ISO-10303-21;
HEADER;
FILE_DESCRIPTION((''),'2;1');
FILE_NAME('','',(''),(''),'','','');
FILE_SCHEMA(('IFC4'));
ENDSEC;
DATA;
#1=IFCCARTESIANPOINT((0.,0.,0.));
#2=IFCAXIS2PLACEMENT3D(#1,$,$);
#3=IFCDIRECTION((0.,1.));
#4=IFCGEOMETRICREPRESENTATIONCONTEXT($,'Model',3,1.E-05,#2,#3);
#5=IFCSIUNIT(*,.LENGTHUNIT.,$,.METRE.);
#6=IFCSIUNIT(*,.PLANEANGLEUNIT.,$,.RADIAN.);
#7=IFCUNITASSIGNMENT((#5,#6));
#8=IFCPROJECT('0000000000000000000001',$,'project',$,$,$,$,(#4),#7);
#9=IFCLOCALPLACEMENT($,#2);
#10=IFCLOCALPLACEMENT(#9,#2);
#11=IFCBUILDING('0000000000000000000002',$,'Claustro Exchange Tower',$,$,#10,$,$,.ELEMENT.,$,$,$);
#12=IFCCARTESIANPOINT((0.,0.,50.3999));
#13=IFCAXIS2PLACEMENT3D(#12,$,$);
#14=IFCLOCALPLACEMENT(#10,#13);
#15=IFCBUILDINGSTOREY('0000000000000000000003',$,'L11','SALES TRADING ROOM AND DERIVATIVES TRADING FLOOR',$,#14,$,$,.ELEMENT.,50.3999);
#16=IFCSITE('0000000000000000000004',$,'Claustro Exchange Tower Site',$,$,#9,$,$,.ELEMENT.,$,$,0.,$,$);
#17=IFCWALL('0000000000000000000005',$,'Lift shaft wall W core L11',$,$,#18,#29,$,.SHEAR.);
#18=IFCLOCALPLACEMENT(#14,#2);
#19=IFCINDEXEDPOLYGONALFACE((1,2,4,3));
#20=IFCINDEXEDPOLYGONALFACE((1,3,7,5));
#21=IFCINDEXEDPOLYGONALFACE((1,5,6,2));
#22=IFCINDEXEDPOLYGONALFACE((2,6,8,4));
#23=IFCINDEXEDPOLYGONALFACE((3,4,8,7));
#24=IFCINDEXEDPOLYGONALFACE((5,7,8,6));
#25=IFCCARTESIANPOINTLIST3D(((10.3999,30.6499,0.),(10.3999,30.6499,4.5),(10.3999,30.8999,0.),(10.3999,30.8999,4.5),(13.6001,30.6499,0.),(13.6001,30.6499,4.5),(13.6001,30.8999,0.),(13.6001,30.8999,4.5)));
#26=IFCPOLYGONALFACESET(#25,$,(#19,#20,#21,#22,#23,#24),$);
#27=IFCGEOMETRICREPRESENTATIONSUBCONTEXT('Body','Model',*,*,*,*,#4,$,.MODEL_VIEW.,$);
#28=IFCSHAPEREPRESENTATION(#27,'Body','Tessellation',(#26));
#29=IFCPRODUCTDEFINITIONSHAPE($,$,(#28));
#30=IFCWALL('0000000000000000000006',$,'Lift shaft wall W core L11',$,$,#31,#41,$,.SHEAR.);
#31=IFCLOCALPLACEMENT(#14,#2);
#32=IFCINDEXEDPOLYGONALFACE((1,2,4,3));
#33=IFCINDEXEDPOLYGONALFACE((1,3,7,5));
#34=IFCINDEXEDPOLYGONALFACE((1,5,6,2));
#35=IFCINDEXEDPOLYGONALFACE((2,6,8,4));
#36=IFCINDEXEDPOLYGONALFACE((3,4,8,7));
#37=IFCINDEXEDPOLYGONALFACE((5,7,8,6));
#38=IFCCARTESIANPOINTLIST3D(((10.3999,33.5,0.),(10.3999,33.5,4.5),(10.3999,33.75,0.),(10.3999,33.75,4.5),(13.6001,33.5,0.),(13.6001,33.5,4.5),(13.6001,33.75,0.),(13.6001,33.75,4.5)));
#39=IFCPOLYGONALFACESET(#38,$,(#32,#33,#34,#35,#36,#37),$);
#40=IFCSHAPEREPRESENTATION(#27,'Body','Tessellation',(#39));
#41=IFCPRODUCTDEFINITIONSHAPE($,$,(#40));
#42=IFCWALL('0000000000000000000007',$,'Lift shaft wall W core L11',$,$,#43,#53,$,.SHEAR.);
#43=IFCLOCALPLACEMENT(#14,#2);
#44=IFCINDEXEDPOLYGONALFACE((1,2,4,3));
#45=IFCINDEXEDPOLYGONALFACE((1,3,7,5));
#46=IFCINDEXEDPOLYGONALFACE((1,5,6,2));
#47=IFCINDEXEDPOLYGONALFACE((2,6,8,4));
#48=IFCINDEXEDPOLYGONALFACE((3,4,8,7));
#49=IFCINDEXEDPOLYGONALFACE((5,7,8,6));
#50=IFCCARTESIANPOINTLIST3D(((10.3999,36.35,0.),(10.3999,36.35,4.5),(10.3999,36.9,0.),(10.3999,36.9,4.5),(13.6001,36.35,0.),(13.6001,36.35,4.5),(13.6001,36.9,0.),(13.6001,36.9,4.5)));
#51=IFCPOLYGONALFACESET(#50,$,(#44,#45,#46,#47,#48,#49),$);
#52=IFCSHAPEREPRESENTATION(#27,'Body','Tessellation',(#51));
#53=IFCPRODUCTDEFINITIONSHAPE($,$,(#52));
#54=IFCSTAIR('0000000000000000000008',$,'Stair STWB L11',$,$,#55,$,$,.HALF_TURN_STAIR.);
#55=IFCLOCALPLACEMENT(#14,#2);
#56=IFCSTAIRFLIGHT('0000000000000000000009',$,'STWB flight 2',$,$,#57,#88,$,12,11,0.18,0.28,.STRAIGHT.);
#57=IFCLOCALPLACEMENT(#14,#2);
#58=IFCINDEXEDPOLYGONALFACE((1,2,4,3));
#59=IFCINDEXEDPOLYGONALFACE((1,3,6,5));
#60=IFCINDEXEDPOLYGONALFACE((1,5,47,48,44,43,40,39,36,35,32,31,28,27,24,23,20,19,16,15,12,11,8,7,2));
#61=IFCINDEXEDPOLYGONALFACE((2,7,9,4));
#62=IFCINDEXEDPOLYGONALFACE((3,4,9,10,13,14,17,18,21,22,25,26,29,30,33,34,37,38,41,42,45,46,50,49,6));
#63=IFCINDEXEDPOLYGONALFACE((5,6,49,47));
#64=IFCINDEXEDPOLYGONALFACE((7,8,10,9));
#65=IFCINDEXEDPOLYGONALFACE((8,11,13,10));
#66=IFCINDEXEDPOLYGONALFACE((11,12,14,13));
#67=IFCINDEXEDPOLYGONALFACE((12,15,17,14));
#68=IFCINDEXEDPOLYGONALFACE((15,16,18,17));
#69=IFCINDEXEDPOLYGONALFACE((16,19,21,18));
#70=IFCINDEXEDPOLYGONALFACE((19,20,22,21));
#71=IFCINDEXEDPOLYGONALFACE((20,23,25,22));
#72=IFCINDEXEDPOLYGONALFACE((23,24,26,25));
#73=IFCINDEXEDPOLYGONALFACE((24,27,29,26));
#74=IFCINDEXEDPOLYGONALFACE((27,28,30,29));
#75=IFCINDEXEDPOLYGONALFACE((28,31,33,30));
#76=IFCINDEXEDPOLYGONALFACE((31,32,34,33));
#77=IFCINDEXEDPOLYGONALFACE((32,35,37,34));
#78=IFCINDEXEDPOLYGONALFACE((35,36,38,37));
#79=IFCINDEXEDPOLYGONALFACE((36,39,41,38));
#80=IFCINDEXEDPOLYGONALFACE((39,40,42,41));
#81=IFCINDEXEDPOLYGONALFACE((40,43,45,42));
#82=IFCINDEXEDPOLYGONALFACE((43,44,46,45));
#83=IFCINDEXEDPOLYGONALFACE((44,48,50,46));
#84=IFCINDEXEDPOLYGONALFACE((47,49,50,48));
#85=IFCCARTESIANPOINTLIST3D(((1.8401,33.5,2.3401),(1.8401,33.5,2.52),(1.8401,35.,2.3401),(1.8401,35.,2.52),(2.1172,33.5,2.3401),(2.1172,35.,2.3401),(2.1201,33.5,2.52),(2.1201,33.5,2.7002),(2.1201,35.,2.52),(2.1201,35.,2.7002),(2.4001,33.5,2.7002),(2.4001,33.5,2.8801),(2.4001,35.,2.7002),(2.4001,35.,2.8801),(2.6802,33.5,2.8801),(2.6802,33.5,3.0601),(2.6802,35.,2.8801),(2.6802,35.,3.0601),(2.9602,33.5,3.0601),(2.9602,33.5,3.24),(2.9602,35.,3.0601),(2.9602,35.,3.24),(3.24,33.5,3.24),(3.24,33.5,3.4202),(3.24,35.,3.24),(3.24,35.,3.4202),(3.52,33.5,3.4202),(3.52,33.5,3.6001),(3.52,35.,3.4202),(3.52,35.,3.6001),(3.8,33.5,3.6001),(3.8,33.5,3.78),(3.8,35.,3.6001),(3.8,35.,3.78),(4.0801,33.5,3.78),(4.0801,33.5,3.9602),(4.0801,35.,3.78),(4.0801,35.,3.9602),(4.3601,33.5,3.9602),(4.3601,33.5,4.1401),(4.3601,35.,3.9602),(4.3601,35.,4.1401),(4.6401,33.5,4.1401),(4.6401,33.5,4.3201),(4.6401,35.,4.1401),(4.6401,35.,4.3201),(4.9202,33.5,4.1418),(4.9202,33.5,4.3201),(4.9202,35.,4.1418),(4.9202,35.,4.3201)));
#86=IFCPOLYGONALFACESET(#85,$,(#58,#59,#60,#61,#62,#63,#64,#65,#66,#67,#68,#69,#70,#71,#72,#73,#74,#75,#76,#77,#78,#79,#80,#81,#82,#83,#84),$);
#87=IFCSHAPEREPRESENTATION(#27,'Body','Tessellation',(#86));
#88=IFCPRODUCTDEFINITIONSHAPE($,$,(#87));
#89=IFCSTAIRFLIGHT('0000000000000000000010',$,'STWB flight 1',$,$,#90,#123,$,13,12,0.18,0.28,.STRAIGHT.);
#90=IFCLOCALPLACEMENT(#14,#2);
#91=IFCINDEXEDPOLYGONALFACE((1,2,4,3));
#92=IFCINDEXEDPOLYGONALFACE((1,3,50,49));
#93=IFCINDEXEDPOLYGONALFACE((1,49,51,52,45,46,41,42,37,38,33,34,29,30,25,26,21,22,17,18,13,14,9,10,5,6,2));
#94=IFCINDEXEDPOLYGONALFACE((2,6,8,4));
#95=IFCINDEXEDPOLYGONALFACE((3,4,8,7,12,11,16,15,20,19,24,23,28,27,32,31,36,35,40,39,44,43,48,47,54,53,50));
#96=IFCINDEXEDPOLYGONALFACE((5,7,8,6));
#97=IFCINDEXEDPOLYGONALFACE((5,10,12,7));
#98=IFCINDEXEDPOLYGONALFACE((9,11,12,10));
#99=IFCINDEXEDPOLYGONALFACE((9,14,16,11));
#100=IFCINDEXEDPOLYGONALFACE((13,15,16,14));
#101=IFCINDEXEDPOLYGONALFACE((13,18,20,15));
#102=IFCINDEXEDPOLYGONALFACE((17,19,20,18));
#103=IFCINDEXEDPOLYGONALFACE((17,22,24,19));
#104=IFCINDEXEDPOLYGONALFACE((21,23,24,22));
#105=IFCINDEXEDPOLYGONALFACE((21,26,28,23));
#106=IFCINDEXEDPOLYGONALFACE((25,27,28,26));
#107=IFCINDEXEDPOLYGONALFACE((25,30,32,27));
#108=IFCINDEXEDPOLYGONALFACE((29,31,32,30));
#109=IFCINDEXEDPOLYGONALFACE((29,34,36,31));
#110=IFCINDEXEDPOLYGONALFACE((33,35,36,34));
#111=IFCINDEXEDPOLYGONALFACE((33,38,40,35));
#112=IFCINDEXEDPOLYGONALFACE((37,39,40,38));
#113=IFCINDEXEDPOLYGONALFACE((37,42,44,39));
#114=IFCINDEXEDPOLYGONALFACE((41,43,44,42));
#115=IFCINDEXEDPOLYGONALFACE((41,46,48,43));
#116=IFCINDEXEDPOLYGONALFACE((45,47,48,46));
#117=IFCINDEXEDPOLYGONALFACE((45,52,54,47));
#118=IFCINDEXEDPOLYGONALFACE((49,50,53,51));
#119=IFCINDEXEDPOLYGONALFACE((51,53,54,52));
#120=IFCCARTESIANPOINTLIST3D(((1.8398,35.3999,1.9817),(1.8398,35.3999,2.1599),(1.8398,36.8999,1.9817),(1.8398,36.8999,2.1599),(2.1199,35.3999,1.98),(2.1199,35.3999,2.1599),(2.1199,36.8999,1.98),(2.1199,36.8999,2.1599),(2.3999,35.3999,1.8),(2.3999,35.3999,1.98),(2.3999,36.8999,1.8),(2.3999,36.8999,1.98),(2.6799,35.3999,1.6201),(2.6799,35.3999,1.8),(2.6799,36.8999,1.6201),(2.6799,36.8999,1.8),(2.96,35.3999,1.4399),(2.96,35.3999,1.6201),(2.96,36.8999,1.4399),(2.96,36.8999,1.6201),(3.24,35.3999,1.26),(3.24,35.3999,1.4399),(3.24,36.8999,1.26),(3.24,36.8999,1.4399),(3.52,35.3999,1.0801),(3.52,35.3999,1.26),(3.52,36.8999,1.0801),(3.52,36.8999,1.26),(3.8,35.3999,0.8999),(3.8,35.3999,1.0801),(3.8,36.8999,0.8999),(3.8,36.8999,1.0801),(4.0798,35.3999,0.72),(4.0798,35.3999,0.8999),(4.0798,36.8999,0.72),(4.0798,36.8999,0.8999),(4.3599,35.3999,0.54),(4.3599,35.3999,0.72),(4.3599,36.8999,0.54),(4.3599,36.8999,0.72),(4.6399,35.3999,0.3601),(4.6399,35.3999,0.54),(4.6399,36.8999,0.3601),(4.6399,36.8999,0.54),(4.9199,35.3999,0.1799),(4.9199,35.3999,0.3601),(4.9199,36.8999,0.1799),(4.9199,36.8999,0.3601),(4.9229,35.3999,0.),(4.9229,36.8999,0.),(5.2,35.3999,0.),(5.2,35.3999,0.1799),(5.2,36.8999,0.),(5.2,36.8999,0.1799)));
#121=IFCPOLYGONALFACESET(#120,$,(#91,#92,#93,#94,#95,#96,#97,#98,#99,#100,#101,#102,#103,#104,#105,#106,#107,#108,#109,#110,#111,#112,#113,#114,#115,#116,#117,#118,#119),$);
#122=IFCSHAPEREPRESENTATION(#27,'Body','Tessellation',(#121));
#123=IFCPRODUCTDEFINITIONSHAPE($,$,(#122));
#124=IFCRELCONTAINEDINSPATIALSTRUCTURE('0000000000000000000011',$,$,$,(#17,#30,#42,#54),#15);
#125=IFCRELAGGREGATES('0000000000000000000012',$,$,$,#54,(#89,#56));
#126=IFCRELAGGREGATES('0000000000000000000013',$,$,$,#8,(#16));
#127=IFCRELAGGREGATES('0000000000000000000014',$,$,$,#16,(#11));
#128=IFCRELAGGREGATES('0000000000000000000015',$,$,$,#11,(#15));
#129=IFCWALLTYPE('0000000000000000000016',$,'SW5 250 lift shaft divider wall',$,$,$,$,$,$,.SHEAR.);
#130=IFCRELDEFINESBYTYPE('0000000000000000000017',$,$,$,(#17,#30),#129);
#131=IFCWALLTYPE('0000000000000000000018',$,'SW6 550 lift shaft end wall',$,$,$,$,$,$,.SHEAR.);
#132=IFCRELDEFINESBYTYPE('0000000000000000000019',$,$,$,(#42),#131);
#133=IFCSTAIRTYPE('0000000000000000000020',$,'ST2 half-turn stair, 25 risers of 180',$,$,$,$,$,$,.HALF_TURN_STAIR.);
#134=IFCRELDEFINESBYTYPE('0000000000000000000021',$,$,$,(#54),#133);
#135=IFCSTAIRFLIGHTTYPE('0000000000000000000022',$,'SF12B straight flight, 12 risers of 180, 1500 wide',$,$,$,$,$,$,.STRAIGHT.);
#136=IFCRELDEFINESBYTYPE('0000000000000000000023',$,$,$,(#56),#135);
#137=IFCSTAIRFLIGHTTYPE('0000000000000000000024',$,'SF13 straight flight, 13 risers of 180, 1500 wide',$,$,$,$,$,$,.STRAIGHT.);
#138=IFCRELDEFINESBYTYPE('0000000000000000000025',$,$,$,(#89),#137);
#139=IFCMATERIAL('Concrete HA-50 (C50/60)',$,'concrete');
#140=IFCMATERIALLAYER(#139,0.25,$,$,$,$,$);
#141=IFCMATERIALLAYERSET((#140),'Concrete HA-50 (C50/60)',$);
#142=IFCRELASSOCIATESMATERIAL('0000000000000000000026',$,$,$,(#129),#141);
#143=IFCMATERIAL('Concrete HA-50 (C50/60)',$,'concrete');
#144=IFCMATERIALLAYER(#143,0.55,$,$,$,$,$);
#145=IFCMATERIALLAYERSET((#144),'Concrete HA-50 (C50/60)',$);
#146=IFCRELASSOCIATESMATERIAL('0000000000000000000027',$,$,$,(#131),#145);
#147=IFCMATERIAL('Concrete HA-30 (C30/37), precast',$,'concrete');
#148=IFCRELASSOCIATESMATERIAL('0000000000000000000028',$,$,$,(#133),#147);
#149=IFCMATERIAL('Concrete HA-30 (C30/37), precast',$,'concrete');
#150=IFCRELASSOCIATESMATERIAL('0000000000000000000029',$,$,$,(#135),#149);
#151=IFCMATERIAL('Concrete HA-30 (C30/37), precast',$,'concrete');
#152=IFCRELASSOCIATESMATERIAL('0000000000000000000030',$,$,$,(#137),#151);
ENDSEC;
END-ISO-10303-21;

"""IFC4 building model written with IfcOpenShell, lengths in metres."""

from ifc_helpers import new_model, si_unit, direction, frame, frame_2d, origin, place, context, subcontext, project, spatial, polyline, rectangle, outline, extrude, material, layer, layer_set, type_object, element, aggregate, save


model = new_model("IFC4")

# Units and contexts
model_context = context("Model", 3, precision=1e-05, world=origin(), true_north=direction((0.0, 1.0)))
body_context = subcontext(model_context, "Body", "Model", "MODEL_VIEW")
ifc_project = project(units=[si_unit("LENGTHUNIT", "METRE"), si_unit("PLANEANGLEUNIT", "RADIAN")], contexts=[model_context])

# Site, building, storey
site_placement = place(None, origin())
site = spatial("IfcSite", under=ifc_project, at=site_placement, Name="Claustro Exchange Tower Site", CompositionType="ELEMENT", RefElevation=0.0)
building_placement = place(site_placement, origin())
building = spatial("IfcBuilding", under=site, at=building_placement, Name="Claustro Exchange Tower", CompositionType="ELEMENT")
storey_placement = place(building_placement, frame((0.0, 0.0, 50.3999)))
storey = spatial("IfcBuildingStorey", under=building, at=storey_placement, Name="L11", Description="SALES TRADING ROOM AND DERIVATIVES TRADING FLOOR", CompositionType="ELEMENT", Elevation=50.3999)

# Walls
ifc_material_1 = material(Name="Concrete HA-50 (C50/60)", Category="concrete")
ifc_layer_1 = layer(ifc_material_1, 0.25)
ifc_layer_set_1 = layer_set([ifc_layer_1], Name="Concrete HA-50 (C50/60)")
wall_type_1 = type_object("IfcWallType", Name="SW5 250 lift shaft divider wall", PredefinedType="SHEAR", material=ifc_layer_set_1)
for number, where, z_axis, x_axis, name in (
    (1, (10.3999, 30.7749, 0.0), (0.0, 0.0, 1.0), (1.0, 0.0, 0.0), "Lift shaft wall W core L11"),
    (2, (10.3999, 33.625, 0.0), (0.0, 0.0, 1.0), (1.0, 0.0, 0.0), "Lift shaft wall W core L11"),
):
    element("IfcWall", number, at=place(storey_placement, frame(where, z_axis=z_axis, x_axis=x_axis)), inside=storey, type_object=wall_type_1, Name=name, PredefinedType="SHEAR", context=body_context, shape_type="SweptSolid", body=[
        extrude(rectangle(XDim=3.2002, YDim=0.25, at=frame_2d((1.6001, 0.0))), origin(), (0.0, 0.0, 1.0), 4.5),
    ])
ifc_material_2 = material(Name="Concrete HA-50 (C50/60)", Category="concrete")
ifc_layer_2 = layer(ifc_material_2, 0.55)
ifc_layer_set_2 = layer_set([ifc_layer_2], Name="Concrete HA-50 (C50/60)")
wall_type_2 = type_object("IfcWallType", Name="SW6 550 lift shaft end wall", PredefinedType="SHEAR", material=ifc_layer_set_2)
wall_1_placement = place(storey_placement, frame((10.3999, 36.625, 0.0), z_axis=(0.0, 0.0, 1.0), x_axis=(1.0, 0.0, 0.0)))
element("IfcWall", 3, at=wall_1_placement, inside=storey, type_object=wall_type_2, Name="Lift shaft wall W core L11", PredefinedType="SHEAR", context=body_context, shape_type="SweptSolid", body=[
    extrude(rectangle(XDim=3.2002, YDim=0.55, at=frame_2d((1.6001, 0.0))), origin(), (0.0, 0.0, 1.0), 4.5),
])

# Stair, stair flights
ifc_material_3 = material(Name="Concrete HA-30 (C30/37), precast", Category="concrete")
stair_type = type_object("IfcStairType", Name="ST2 half-turn stair, 25 risers of 180", PredefinedType="HALF_TURN_STAIR", material=ifc_material_3)
stair_placement = place(storey_placement, origin())
stair = element("IfcStair", 4, at=stair_placement, inside=storey, type_object=stair_type, Name="Stair STWB L11", PredefinedType="HALF_TURN_STAIR")
ifc_material_4 = material(Name="Concrete HA-30 (C30/37), precast", Category="concrete")
stair_flight_type_1 = type_object("IfcStairFlightType", Name="SF12B straight flight, 12 risers of 180, 1500 wide", PredefinedType="STRAIGHT", material=ifc_material_4)
stair_flight_1_placement = place(storey_placement, frame((1.8401, 34.25, 2.3401), z_axis=(0.0, 0.0, 1.0), x_axis=(1.0, 0.0, 0.0)))
stair_flight_1 = element("IfcStairFlight", 5, at=stair_flight_1_placement, type_object=stair_flight_type_1, Name="STWB flight 2", NumberOfRisers=12, NumberOfTreads=11, PredefinedType="STRAIGHT", RiserHeight=0.18, TreadLength=0.28, context=body_context, shape_type="SweptSolid", body=[
    extrude(outline(polyline([(0.0, 0.0), (0.0, 0.1799), (0.28, 0.1799), (0.28, 0.3601), (0.5601, 0.3601), (0.5601, 0.54), (0.8401, 0.54), (0.8401, 0.72), (1.1201, 0.72), (1.1201, 0.8999), (1.3999, 0.8999), (1.3999, 1.0801), (1.6799, 1.0801), (1.6799, 1.26), (1.96, 1.26), (1.96, 1.4399), (2.24, 1.4399), (2.24, 1.6201), (2.52, 1.6201), (2.52, 1.8), (2.8, 1.8), (2.8, 1.98), (3.0801, 1.98), (3.0801, 2.1599), (3.0801, 1.8018), (0.2771, 0.0), (0.0, 0.0)])), frame((0.0, 0.75, 0.0), z_axis=(0.0, -1.0, 0.0), x_axis=(1.0, 0.0, 0.0)), (0.0, 0.0, 1.0), 1.5),
])
ifc_material_5 = material(Name="Concrete HA-30 (C30/37), precast", Category="concrete")
stair_flight_type_2 = type_object("IfcStairFlightType", Name="SF13 straight flight, 13 risers of 180, 1500 wide", PredefinedType="STRAIGHT", material=ifc_material_5)
stair_flight_2_placement = place(storey_placement, frame((5.2, 36.1499, 0.0), z_axis=(0.0, 0.0, 1.0), x_axis=(-1.0, 0.0, 0.0)))
stair_flight_2 = element("IfcStairFlight", 6, at=stair_flight_2_placement, type_object=stair_flight_type_2, Name="STWB flight 1", NumberOfRisers=13, NumberOfTreads=12, PredefinedType="STRAIGHT", RiserHeight=0.18, TreadLength=0.28, context=body_context, shape_type="SweptSolid", body=[
    extrude(outline(polyline([(0.0, 0.0), (0.0, 0.1799), (0.28, 0.1799), (0.28, 0.3601), (0.5601, 0.3601), (0.5601, 0.54), (0.8401, 0.54), (0.8401, 0.72), (1.1201, 0.72), (1.1201, 0.8999), (1.3999, 0.8999), (1.3999, 1.0801), (1.6799, 1.0801), (1.6799, 1.26), (1.96, 1.26), (1.96, 1.4399), (2.24, 1.4399), (2.24, 1.6201), (2.52, 1.6201), (2.52, 1.8), (2.8, 1.8), (2.8, 1.98), (3.0801, 1.98), (3.0801, 2.1599), (3.3601, 2.1599), (3.3601, 2.3401), (3.3601, 1.9817), (0.2771, 0.0), (0.0, 0.0)])), frame((0.0, 0.75, 0.0), z_axis=(0.0, -1.0, 0.0), x_axis=(1.0, 0.0, 0.0)), (0.0, 0.0, 1.0), 1.5),
])
aggregate(stair, [stair_flight_2, stair_flight_1])

save(model, "model.ifc")
